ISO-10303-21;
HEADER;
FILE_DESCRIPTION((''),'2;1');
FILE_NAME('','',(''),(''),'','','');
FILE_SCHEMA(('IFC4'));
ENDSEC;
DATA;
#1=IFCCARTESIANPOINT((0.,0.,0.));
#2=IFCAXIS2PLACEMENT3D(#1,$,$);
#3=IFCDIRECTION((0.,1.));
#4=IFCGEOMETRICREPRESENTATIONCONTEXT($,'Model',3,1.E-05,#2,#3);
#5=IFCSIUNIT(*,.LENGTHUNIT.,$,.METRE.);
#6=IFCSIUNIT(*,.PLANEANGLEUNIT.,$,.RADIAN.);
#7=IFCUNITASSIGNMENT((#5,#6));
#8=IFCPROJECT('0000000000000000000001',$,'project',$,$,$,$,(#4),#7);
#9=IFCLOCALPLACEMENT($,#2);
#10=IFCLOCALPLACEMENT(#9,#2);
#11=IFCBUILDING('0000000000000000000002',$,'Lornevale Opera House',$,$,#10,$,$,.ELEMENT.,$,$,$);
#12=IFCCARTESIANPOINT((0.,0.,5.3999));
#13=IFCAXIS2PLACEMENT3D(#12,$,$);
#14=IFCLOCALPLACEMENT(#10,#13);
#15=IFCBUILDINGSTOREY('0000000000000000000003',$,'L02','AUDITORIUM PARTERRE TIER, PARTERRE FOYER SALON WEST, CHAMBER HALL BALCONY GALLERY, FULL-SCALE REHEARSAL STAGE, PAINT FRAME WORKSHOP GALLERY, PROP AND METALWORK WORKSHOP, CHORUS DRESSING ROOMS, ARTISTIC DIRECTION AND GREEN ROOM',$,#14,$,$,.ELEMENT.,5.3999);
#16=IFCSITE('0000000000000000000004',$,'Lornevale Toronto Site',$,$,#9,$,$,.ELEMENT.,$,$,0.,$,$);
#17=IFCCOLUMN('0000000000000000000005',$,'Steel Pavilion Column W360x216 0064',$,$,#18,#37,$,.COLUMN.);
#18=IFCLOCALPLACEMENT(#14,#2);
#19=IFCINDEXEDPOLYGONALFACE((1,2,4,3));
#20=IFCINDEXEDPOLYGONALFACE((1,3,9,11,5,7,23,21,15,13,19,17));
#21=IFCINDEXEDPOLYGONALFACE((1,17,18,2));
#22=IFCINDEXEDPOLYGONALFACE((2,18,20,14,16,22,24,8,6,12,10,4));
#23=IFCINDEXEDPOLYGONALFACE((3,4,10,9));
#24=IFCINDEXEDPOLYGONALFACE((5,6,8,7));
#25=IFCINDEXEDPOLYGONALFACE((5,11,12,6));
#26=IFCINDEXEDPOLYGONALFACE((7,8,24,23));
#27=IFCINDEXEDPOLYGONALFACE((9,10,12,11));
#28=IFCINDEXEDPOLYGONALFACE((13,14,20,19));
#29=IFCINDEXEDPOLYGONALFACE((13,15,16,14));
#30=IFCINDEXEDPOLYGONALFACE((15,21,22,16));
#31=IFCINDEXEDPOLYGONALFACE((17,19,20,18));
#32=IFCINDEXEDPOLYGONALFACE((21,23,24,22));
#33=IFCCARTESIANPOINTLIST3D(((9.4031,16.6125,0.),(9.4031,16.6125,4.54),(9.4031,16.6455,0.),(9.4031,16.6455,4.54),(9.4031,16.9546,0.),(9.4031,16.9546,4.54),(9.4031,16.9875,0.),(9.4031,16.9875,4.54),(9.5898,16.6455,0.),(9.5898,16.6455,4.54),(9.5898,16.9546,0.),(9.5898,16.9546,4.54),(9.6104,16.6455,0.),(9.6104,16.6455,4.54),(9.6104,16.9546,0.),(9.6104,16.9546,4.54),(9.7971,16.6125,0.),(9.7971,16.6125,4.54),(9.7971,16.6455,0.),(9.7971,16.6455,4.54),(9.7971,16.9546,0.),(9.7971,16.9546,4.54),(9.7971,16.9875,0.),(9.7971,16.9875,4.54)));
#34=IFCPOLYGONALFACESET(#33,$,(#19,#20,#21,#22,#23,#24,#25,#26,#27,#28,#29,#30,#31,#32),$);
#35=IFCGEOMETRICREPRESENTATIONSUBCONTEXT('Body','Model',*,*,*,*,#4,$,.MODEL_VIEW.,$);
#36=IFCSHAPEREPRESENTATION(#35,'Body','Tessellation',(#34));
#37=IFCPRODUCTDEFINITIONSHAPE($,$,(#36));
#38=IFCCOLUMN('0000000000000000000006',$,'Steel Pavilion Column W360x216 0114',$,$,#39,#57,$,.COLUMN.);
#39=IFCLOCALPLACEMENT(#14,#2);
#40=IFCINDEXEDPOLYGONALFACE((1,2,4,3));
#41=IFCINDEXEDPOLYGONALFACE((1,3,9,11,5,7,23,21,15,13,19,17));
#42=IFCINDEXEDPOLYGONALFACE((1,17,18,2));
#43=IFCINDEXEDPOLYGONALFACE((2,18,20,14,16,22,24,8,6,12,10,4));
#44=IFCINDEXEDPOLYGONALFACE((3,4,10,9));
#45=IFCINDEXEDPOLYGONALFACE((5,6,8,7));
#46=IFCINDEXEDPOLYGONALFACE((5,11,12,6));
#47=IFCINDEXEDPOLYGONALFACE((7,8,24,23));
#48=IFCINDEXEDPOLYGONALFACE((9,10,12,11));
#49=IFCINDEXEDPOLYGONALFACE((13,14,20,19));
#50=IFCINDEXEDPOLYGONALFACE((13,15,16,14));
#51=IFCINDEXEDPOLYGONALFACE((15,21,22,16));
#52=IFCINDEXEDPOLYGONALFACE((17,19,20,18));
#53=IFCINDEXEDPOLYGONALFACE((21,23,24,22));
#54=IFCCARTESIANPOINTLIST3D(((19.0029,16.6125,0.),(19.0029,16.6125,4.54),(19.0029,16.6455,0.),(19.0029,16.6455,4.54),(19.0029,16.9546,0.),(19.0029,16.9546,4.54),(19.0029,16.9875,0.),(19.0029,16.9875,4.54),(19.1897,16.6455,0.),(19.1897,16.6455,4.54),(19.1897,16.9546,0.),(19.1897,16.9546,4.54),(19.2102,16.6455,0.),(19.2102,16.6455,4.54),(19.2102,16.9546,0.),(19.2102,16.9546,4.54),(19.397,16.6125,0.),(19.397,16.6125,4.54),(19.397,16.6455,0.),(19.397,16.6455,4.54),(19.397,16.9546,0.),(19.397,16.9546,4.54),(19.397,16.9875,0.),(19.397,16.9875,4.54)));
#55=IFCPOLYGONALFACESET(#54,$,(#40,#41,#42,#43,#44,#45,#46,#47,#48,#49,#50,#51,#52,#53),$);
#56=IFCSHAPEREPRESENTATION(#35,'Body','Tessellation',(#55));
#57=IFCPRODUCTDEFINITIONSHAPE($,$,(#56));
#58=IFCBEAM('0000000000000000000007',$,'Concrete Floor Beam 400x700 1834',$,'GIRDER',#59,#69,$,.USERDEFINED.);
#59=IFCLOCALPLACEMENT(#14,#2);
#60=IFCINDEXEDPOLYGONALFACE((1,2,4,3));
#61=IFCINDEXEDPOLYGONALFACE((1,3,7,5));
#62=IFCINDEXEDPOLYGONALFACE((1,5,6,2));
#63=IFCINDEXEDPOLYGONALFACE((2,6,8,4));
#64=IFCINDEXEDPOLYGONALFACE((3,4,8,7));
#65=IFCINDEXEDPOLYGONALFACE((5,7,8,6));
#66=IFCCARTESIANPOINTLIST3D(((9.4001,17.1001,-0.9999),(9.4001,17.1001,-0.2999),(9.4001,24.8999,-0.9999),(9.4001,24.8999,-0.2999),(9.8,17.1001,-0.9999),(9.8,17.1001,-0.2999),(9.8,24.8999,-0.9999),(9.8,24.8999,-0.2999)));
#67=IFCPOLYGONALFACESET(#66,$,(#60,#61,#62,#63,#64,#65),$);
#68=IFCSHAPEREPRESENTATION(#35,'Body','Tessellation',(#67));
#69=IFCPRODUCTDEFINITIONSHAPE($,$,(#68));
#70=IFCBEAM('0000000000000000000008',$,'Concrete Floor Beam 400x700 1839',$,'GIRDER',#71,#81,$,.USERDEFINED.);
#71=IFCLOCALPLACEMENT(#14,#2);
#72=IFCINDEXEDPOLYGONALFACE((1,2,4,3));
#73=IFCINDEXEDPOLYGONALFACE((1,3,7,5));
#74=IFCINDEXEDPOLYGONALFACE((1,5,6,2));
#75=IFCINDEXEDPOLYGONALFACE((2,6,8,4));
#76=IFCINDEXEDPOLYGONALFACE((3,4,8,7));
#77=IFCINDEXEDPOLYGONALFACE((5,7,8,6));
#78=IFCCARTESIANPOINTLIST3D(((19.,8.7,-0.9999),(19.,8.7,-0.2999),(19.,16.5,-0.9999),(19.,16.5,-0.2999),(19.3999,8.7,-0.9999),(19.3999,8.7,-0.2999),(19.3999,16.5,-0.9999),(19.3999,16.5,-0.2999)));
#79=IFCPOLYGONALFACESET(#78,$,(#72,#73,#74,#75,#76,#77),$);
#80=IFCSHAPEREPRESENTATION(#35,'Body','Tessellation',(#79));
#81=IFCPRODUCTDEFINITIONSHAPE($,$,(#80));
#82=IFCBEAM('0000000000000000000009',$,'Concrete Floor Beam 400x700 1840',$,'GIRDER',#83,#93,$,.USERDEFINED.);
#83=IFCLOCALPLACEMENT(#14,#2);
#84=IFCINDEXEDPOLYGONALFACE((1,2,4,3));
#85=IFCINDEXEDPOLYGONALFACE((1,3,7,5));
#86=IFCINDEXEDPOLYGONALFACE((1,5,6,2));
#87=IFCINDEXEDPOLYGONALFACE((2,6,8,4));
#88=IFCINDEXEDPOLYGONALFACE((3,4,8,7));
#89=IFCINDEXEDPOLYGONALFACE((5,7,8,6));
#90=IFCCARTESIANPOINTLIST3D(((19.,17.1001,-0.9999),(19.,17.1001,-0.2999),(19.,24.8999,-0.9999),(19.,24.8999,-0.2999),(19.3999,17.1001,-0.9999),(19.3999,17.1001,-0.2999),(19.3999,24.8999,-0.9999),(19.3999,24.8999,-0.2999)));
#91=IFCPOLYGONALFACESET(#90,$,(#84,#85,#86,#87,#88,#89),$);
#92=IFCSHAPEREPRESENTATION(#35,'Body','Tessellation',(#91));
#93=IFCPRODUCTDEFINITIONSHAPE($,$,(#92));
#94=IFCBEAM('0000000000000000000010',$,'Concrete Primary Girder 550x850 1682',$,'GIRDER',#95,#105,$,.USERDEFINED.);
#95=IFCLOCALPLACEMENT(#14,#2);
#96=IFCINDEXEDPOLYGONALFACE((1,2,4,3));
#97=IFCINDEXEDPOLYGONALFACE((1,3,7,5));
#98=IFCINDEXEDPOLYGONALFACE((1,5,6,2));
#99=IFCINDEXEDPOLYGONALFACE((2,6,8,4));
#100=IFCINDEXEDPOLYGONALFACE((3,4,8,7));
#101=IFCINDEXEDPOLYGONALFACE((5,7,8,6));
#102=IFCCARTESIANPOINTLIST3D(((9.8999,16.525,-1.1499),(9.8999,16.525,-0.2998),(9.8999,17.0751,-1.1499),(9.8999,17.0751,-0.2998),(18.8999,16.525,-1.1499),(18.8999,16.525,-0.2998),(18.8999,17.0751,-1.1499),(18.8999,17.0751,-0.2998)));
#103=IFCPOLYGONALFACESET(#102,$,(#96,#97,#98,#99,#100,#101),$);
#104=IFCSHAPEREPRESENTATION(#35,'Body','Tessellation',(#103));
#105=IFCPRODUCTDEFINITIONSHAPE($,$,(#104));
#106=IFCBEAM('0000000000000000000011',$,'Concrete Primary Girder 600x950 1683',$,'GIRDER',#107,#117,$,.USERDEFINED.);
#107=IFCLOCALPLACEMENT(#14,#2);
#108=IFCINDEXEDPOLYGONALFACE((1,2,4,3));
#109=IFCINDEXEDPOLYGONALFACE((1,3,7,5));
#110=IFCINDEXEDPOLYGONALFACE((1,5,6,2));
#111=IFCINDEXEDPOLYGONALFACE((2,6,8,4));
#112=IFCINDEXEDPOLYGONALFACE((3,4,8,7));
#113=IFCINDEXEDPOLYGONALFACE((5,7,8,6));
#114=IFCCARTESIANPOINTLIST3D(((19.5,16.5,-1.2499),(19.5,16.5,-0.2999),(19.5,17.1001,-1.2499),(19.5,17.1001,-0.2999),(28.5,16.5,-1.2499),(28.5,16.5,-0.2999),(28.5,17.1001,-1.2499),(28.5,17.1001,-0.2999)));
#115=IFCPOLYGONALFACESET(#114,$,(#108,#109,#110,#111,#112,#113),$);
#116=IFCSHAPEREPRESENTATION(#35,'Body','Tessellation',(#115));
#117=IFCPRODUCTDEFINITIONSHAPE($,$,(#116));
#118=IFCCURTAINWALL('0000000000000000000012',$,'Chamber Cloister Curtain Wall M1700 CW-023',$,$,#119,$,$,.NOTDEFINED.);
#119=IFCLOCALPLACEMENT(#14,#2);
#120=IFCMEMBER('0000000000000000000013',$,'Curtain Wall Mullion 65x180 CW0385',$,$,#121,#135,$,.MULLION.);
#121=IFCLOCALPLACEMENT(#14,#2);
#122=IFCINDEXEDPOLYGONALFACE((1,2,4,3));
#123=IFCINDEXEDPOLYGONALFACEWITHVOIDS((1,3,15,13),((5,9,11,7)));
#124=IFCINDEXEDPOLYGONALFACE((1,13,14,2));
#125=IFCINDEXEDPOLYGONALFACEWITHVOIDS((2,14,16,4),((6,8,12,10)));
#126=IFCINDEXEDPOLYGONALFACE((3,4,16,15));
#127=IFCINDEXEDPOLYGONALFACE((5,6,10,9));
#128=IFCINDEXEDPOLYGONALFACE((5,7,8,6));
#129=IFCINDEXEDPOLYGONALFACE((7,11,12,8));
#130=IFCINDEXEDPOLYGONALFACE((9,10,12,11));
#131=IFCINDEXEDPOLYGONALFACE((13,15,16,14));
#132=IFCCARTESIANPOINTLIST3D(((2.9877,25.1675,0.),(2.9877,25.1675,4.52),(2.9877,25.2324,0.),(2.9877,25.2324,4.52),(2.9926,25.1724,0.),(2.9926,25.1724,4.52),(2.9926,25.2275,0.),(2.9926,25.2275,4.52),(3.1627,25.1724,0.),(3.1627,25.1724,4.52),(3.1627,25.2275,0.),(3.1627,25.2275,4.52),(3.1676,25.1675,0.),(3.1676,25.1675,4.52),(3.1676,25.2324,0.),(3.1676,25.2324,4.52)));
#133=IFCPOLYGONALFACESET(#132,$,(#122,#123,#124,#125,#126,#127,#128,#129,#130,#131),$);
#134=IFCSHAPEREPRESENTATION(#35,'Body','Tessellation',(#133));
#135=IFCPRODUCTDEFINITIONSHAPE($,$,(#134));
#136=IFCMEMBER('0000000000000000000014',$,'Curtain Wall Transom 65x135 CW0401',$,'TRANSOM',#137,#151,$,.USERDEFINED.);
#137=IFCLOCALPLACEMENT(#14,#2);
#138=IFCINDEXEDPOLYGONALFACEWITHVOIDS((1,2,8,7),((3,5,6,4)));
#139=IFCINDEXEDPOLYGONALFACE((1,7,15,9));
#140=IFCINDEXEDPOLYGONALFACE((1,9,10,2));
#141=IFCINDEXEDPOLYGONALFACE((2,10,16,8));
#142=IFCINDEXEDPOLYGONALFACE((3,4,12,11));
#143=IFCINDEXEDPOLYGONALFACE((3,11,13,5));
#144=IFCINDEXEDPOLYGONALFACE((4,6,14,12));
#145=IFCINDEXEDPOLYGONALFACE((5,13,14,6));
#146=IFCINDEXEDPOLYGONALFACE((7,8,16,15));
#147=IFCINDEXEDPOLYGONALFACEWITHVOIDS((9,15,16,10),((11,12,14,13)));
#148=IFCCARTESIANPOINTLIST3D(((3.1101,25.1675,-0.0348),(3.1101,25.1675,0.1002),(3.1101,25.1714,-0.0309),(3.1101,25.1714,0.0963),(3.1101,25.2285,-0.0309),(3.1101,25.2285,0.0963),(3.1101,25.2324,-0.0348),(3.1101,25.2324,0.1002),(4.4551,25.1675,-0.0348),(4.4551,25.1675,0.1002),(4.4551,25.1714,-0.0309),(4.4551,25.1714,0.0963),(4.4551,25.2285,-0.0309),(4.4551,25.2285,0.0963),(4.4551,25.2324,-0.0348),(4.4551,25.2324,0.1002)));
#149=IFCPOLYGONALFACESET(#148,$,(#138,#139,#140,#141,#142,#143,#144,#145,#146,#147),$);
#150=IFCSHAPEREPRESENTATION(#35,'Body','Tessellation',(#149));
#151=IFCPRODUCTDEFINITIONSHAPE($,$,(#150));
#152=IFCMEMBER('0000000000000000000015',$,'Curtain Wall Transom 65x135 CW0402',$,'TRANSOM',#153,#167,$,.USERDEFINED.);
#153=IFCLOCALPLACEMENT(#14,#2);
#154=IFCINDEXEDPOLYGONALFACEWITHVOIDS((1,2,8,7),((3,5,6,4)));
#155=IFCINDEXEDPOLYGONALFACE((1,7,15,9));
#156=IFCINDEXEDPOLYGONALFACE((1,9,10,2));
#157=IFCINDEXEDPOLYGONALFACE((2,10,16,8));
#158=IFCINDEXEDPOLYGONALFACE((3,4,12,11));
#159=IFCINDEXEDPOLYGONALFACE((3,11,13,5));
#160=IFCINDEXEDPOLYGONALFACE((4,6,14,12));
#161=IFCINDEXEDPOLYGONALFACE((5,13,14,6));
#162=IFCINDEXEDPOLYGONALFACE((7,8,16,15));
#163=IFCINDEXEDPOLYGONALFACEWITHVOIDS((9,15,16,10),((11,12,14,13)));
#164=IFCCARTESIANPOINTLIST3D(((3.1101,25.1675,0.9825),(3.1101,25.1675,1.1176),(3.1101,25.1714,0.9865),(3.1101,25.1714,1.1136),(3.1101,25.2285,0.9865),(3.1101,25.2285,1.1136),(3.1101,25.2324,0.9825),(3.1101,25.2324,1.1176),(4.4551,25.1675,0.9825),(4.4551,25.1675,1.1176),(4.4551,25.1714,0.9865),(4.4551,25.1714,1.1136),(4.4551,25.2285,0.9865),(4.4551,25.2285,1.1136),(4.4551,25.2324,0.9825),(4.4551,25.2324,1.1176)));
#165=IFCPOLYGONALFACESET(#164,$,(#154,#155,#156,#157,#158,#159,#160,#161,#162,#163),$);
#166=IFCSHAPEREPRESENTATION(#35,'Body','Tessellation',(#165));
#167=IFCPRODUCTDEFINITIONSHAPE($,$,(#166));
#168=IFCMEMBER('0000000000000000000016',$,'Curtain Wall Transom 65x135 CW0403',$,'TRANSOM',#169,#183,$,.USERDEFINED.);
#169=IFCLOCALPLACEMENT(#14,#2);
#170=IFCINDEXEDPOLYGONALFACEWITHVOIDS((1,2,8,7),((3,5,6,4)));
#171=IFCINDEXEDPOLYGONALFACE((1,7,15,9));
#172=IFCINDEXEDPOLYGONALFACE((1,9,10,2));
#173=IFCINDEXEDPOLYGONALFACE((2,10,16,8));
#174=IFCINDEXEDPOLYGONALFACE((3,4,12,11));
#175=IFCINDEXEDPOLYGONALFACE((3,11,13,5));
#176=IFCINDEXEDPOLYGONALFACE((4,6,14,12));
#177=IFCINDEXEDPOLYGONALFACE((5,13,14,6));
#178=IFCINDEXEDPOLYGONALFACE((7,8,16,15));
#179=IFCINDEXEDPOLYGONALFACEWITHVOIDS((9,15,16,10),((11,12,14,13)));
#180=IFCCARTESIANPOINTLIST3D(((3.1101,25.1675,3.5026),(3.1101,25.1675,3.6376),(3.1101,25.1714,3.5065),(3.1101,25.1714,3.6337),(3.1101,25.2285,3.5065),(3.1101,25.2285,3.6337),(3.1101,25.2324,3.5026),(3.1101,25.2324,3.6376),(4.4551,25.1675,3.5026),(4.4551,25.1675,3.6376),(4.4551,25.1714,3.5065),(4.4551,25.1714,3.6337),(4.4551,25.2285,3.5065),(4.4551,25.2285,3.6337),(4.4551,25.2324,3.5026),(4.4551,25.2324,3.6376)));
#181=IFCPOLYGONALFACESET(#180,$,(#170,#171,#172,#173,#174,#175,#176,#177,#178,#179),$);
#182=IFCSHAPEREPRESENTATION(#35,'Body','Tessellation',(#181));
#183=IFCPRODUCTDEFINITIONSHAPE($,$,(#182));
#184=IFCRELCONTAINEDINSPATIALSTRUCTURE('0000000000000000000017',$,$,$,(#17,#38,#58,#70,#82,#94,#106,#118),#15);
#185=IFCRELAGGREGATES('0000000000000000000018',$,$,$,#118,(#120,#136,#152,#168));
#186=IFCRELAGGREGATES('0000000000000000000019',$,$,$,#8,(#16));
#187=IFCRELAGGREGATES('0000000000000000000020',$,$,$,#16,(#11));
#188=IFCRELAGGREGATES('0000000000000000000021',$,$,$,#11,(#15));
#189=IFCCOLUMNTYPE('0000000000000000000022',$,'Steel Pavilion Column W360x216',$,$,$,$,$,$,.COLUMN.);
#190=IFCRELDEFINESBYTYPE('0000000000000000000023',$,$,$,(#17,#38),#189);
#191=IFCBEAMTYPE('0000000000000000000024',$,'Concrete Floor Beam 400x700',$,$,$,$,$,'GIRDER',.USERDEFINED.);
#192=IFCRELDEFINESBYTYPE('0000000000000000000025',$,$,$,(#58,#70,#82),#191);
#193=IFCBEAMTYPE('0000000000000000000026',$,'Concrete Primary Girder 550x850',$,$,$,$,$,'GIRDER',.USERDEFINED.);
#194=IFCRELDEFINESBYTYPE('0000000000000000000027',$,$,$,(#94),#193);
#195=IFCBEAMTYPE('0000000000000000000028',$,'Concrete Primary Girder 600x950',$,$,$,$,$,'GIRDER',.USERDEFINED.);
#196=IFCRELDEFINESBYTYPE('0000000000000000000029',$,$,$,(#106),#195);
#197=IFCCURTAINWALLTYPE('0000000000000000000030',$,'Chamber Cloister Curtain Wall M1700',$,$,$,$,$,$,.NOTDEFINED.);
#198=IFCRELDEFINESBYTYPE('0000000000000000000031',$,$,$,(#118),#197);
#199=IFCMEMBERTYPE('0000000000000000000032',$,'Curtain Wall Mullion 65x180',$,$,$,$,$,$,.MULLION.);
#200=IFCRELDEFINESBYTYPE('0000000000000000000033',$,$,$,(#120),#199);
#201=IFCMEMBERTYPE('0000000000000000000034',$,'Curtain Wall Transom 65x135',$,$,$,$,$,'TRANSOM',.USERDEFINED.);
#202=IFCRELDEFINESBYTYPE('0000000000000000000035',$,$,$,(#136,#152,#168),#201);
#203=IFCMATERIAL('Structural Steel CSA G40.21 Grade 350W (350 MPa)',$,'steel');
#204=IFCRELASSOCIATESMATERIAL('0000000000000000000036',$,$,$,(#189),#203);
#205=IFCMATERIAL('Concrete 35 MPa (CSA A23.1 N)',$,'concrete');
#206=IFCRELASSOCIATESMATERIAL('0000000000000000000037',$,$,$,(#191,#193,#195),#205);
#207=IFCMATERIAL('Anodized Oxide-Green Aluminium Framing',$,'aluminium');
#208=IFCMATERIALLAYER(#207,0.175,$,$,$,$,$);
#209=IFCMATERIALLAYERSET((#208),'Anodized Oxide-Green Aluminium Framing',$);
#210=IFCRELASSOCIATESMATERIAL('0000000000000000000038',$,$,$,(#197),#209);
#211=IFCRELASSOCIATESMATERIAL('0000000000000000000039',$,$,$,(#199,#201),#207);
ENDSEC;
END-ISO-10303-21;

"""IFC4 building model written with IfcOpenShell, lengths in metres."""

from ifc_helpers import new_model, si_unit, direction, frame, origin, origin_2d, place, context, subcontext, project, spatial, rectangle, hollow_rectangle, i_section, extrude, material, layer, layer_set, material_profile, profile_set, type_object, element, aggregate, save


model = new_model("IFC4")

# Units and contexts
model_context = context("Model", 3, precision=1e-05, world=origin(), true_north=direction((0.0, 1.0)))
body_context = subcontext(model_context, "Body", "Model", "MODEL_VIEW")
ifc_project = project(units=[si_unit("LENGTHUNIT", "METRE"), si_unit("PLANEANGLEUNIT", "RADIAN")], contexts=[model_context])

# Site, building, storey
site_placement = place(None, origin())
site = spatial("IfcSite", under=ifc_project, at=site_placement, Name="Lornevale Toronto Site", CompositionType="ELEMENT", RefElevation=0.0)
building_placement = place(site_placement, origin())
building = spatial("IfcBuilding", under=site, at=building_placement, Name="Lornevale Opera House", CompositionType="ELEMENT")
storey_placement = place(building_placement, frame((0.0, 0.0, 5.3999)))
storey = spatial("IfcBuildingStorey", under=building, at=storey_placement, Name="L02", Description="AUDITORIUM PARTERRE TIER, PARTERRE FOYER SALON WEST, CHAMBER HALL BALCONY GALLERY, FULL-SCALE REHEARSAL STAGE, PAINT FRAME WORKSHOP GALLERY, PROP AND METALWORK WORKSHOP, CHORUS DRESSING ROOMS, ARTISTIC DIRECTION AND GREEN ROOM", CompositionType="ELEMENT", Elevation=5.3999)

# Columns
ifc_material_1 = material(Name="Structural Steel CSA G40.21 Grade 350W (350 MPa)", Category="steel")
ifc_material_profile_1 = material_profile(ifc_material_1, i_section(OverallWidth=0.394, OverallDepth=0.375, WebThickness=0.0205, FlangeThickness=0.033, at=origin_2d()), Name="W360x216")
ifc_profile_set_1 = profile_set([ifc_material_profile_1], Name="Structural Steel CSA G40.21 Grade 350W (350 MPa)")
column_type = type_object("IfcColumnType", Name="Steel Pavilion Column W360x216", PredefinedType="COLUMN", material=ifc_profile_set_1)
for number, where, z_axis, x_axis, name in (
    (1, (9.6001, 16.8, 0.0), (0.0, 0.0, 1.0), (1.0, 0.0, 0.0), "Steel Pavilion Column W360x216 0064"),
    (2, (19.2, 16.8, 0.0), (0.0, 0.0, 1.0), (1.0, 0.0, 0.0), "Steel Pavilion Column W360x216 0114"),
):
    element("IfcColumn", number, at=place(storey_placement, frame(where, z_axis=z_axis, x_axis=x_axis)), inside=storey, type_object=column_type, Name=name, PredefinedType="COLUMN", context=body_context, shape_type="SweptSolid", body=[
        extrude(i_section(OverallWidth=0.394, OverallDepth=0.375, WebThickness=0.0205, FlangeThickness=0.033, at=origin_2d()), origin(), (0.0, 0.0, 1.0), 4.54),
    ])

# Beams
ifc_material_2 = material(Name="Concrete 35 MPa (CSA A23.1 N)", Category="concrete")
ifc_material_profile_2 = material_profile(ifc_material_2, rectangle(XDim=0.3999, YDim=0.7, at=origin_2d()), Name="RC400x700")
ifc_profile_set_2 = profile_set([ifc_material_profile_2], Name="Concrete 35 MPa (CSA A23.1 N)")
beam_type_1 = type_object("IfcBeamType", Name="Concrete Floor Beam 400x700", ElementType="GIRDER", PredefinedType="USERDEFINED", material=ifc_profile_set_2)
beam_1_placement = place(storey_placement, frame((9.6001, 17.1001, -0.6499), z_axis=(0.0, 1.0, 0.0), x_axis=(-1.0, 0.0, 0.0)))
element("IfcBeam", 3, at=beam_1_placement, inside=storey, type_object=beam_type_1, Name="Concrete Floor Beam 400x700 1834", ObjectType="GIRDER", PredefinedType="USERDEFINED", context=body_context, shape_type="SweptSolid", body=[
    extrude(rectangle(XDim=0.3999, YDim=0.7, at=origin_2d()), origin(), (0.0, 0.0, 1.0), 7.7998),
])
beam_2_placement = place(storey_placement, frame((19.2, 8.7, -0.6499), z_axis=(0.0, 1.0, 0.0), x_axis=(-1.0, 0.0, 0.0)))
element("IfcBeam", 4, at=beam_2_placement, inside=storey, type_object=beam_type_1, Name="Concrete Floor Beam 400x700 1839", ObjectType="GIRDER", PredefinedType="USERDEFINED", context=body_context, shape_type="SweptSolid", body=[
    extrude(rectangle(XDim=0.3999, YDim=0.7, at=origin_2d()), origin(), (0.0, 0.0, 1.0), 7.8),
])
beam_3_placement = place(storey_placement, frame((19.2, 17.1001, -0.6499), z_axis=(0.0, 1.0, 0.0), x_axis=(-1.0, 0.0, 0.0)))
element("IfcBeam", 5, at=beam_3_placement, inside=storey, type_object=beam_type_1, Name="Concrete Floor Beam 400x700 1840", ObjectType="GIRDER", PredefinedType="USERDEFINED", context=body_context, shape_type="SweptSolid", body=[
    extrude(rectangle(XDim=0.3999, YDim=0.7, at=origin_2d()), origin(), (0.0, 0.0, 1.0), 7.7998),
])
ifc_material_profile_3 = material_profile(ifc_material_2, rectangle(XDim=0.55, YDim=0.8501, at=origin_2d()), Name="RC550x850")
ifc_profile_set_3 = profile_set([ifc_material_profile_3], Name="Concrete 35 MPa (CSA A23.1 N)")
beam_type_2 = type_object("IfcBeamType", Name="Concrete Primary Girder 550x850", ElementType="GIRDER", PredefinedType="USERDEFINED", material=ifc_profile_set_3)
beam_4_placement = place(storey_placement, frame((9.8999, 16.8, -0.7249), z_axis=(1.0, 0.0, 0.0), x_axis=(0.0, 1.0, 0.0)))
element("IfcBeam", 6, at=beam_4_placement, inside=storey, type_object=beam_type_2, Name="Concrete Primary Girder 550x850 1682", ObjectType="GIRDER", PredefinedType="USERDEFINED", context=body_context, shape_type="SweptSolid", body=[
    extrude(rectangle(XDim=0.55, YDim=0.8501, at=origin_2d()), origin(), (0.0, 0.0, 1.0), 9.0),
])
ifc_material_profile_4 = material_profile(ifc_material_2, rectangle(XDim=0.6001, YDim=0.95, at=origin_2d()), Name="RC600x950")
ifc_profile_set_4 = profile_set([ifc_material_profile_4], Name="Concrete 35 MPa (CSA A23.1 N)")
beam_type_3 = type_object("IfcBeamType", Name="Concrete Primary Girder 600x950", ElementType="GIRDER", PredefinedType="USERDEFINED", material=ifc_profile_set_4)
beam_5_placement = place(storey_placement, frame((19.5, 16.8, -0.7749), z_axis=(1.0, 0.0, 0.0), x_axis=(0.0, 1.0, 0.0)))
element("IfcBeam", 7, at=beam_5_placement, inside=storey, type_object=beam_type_3, Name="Concrete Primary Girder 600x950 1683", ObjectType="GIRDER", PredefinedType="USERDEFINED", context=body_context, shape_type="SweptSolid", body=[
    extrude(rectangle(XDim=0.6001, YDim=0.95, at=origin_2d()), origin(), (0.0, 0.0, 1.0), 9.0),
])

# Curtain wall, members
ifc_material_3 = material(Name="Anodized Oxide-Green Aluminium Framing", Category="aluminium")
ifc_layer_1 = layer(ifc_material_3, 0.175)
ifc_layer_set_1 = layer_set([ifc_layer_1], Name="Anodized Oxide-Green Aluminium Framing")
curtain_wall_type = type_object("IfcCurtainWallType", Name="Chamber Cloister Curtain Wall M1700", PredefinedType="NOTDEFINED", material=ifc_layer_set_1)
curtain_wall_placement = place(storey_placement, origin())
curtain_wall = element("IfcCurtainWall", 8, at=curtain_wall_placement, inside=storey, type_object=curtain_wall_type, Name="Chamber Cloister Curtain Wall M1700 CW-023", PredefinedType="NOTDEFINED")
ifc_material_profile_5 = material_profile(ifc_material_3, hollow_rectangle(XDim=0.0649, YDim=0.1799, WallThickness=0.0049, at=origin_2d()), Name="ALU65x180x5")
ifc_profile_set_5 = profile_set([ifc_material_profile_5], Name="Anodized Oxide-Green Aluminium Framing")
member_type_1 = type_object("IfcMemberType", Name="Curtain Wall Mullion 65x180", PredefinedType="MULLION", material=ifc_profile_set_5)
member_1_placement = place(storey_placement, frame((3.0776, 25.2, 0.0), z_axis=(0.0, 0.0, 1.0), x_axis=(0.0, 1.0, 0.0)))
member_1 = element("IfcMember", 9, at=member_1_placement, type_object=member_type_1, Name="Curtain Wall Mullion 65x180 CW0385", PredefinedType="MULLION", context=body_context, shape_type="SweptSolid", body=[
    extrude(hollow_rectangle(XDim=0.0649, YDim=0.1799, WallThickness=0.0049, at=origin_2d()), origin(), (0.0, 0.0, 1.0), 4.52),
])
ifc_material_profile_6 = material_profile(ifc_material_3, hollow_rectangle(XDim=0.0649, YDim=0.135, WallThickness=0.0039, at=origin_2d()), Name="ALU65x135x4")
ifc_profile_set_6 = profile_set([ifc_material_profile_6], Name="Anodized Oxide-Green Aluminium Framing")
member_type_2 = type_object("IfcMemberType", Name="Curtain Wall Transom 65x135", ElementType="TRANSOM", PredefinedType="USERDEFINED", material=ifc_profile_set_6)
member_2_placement = place(storey_placement, frame((3.1101, 25.2, 0.0327), z_axis=(1.0, 0.0, 0.0), x_axis=(0.0, 1.0, 0.0)))
member_2 = element("IfcMember", 10, at=member_2_placement, type_object=member_type_2, Name="Curtain Wall Transom 65x135 CW0401", ObjectType="TRANSOM", PredefinedType="USERDEFINED", context=body_context, shape_type="SweptSolid", body=[
    extrude(hollow_rectangle(XDim=0.0649, YDim=0.135, WallThickness=0.0039, at=origin_2d()), origin(), (0.0, 0.0, 1.0), 1.345),
])
member_3_placement = place(storey_placement, frame((3.1101, 25.2, 1.05), z_axis=(1.0, 0.0, 0.0), x_axis=(0.0, 1.0, 0.0)))
member_3 = element("IfcMember", 11, at=member_3_placement, type_object=member_type_2, Name="Curtain Wall Transom 65x135 CW0402", ObjectType="TRANSOM", PredefinedType="USERDEFINED", context=body_context, shape_type="SweptSolid", body=[
    extrude(hollow_rectangle(XDim=0.0649, YDim=0.135, WallThickness=0.0039, at=origin_2d()), origin(), (0.0, 0.0, 1.0), 1.345),
])
member_4_placement = place(storey_placement, frame((3.1101, 25.2, 3.5701), z_axis=(1.0, 0.0, 0.0), x_axis=(0.0, 1.0, 0.0)))
member_4 = element("IfcMember", 12, at=member_4_placement, type_object=member_type_2, Name="Curtain Wall Transom 65x135 CW0403", ObjectType="TRANSOM", PredefinedType="USERDEFINED", context=body_context, shape_type="SweptSolid", body=[
    extrude(hollow_rectangle(XDim=0.0649, YDim=0.135, WallThickness=0.0039, at=origin_2d()), origin(), (0.0, 0.0, 1.0), 1.345),
])

aggregate(curtain_wall, [member_1, member_2, member_3, member_4])

save(model, "model.ifc")
